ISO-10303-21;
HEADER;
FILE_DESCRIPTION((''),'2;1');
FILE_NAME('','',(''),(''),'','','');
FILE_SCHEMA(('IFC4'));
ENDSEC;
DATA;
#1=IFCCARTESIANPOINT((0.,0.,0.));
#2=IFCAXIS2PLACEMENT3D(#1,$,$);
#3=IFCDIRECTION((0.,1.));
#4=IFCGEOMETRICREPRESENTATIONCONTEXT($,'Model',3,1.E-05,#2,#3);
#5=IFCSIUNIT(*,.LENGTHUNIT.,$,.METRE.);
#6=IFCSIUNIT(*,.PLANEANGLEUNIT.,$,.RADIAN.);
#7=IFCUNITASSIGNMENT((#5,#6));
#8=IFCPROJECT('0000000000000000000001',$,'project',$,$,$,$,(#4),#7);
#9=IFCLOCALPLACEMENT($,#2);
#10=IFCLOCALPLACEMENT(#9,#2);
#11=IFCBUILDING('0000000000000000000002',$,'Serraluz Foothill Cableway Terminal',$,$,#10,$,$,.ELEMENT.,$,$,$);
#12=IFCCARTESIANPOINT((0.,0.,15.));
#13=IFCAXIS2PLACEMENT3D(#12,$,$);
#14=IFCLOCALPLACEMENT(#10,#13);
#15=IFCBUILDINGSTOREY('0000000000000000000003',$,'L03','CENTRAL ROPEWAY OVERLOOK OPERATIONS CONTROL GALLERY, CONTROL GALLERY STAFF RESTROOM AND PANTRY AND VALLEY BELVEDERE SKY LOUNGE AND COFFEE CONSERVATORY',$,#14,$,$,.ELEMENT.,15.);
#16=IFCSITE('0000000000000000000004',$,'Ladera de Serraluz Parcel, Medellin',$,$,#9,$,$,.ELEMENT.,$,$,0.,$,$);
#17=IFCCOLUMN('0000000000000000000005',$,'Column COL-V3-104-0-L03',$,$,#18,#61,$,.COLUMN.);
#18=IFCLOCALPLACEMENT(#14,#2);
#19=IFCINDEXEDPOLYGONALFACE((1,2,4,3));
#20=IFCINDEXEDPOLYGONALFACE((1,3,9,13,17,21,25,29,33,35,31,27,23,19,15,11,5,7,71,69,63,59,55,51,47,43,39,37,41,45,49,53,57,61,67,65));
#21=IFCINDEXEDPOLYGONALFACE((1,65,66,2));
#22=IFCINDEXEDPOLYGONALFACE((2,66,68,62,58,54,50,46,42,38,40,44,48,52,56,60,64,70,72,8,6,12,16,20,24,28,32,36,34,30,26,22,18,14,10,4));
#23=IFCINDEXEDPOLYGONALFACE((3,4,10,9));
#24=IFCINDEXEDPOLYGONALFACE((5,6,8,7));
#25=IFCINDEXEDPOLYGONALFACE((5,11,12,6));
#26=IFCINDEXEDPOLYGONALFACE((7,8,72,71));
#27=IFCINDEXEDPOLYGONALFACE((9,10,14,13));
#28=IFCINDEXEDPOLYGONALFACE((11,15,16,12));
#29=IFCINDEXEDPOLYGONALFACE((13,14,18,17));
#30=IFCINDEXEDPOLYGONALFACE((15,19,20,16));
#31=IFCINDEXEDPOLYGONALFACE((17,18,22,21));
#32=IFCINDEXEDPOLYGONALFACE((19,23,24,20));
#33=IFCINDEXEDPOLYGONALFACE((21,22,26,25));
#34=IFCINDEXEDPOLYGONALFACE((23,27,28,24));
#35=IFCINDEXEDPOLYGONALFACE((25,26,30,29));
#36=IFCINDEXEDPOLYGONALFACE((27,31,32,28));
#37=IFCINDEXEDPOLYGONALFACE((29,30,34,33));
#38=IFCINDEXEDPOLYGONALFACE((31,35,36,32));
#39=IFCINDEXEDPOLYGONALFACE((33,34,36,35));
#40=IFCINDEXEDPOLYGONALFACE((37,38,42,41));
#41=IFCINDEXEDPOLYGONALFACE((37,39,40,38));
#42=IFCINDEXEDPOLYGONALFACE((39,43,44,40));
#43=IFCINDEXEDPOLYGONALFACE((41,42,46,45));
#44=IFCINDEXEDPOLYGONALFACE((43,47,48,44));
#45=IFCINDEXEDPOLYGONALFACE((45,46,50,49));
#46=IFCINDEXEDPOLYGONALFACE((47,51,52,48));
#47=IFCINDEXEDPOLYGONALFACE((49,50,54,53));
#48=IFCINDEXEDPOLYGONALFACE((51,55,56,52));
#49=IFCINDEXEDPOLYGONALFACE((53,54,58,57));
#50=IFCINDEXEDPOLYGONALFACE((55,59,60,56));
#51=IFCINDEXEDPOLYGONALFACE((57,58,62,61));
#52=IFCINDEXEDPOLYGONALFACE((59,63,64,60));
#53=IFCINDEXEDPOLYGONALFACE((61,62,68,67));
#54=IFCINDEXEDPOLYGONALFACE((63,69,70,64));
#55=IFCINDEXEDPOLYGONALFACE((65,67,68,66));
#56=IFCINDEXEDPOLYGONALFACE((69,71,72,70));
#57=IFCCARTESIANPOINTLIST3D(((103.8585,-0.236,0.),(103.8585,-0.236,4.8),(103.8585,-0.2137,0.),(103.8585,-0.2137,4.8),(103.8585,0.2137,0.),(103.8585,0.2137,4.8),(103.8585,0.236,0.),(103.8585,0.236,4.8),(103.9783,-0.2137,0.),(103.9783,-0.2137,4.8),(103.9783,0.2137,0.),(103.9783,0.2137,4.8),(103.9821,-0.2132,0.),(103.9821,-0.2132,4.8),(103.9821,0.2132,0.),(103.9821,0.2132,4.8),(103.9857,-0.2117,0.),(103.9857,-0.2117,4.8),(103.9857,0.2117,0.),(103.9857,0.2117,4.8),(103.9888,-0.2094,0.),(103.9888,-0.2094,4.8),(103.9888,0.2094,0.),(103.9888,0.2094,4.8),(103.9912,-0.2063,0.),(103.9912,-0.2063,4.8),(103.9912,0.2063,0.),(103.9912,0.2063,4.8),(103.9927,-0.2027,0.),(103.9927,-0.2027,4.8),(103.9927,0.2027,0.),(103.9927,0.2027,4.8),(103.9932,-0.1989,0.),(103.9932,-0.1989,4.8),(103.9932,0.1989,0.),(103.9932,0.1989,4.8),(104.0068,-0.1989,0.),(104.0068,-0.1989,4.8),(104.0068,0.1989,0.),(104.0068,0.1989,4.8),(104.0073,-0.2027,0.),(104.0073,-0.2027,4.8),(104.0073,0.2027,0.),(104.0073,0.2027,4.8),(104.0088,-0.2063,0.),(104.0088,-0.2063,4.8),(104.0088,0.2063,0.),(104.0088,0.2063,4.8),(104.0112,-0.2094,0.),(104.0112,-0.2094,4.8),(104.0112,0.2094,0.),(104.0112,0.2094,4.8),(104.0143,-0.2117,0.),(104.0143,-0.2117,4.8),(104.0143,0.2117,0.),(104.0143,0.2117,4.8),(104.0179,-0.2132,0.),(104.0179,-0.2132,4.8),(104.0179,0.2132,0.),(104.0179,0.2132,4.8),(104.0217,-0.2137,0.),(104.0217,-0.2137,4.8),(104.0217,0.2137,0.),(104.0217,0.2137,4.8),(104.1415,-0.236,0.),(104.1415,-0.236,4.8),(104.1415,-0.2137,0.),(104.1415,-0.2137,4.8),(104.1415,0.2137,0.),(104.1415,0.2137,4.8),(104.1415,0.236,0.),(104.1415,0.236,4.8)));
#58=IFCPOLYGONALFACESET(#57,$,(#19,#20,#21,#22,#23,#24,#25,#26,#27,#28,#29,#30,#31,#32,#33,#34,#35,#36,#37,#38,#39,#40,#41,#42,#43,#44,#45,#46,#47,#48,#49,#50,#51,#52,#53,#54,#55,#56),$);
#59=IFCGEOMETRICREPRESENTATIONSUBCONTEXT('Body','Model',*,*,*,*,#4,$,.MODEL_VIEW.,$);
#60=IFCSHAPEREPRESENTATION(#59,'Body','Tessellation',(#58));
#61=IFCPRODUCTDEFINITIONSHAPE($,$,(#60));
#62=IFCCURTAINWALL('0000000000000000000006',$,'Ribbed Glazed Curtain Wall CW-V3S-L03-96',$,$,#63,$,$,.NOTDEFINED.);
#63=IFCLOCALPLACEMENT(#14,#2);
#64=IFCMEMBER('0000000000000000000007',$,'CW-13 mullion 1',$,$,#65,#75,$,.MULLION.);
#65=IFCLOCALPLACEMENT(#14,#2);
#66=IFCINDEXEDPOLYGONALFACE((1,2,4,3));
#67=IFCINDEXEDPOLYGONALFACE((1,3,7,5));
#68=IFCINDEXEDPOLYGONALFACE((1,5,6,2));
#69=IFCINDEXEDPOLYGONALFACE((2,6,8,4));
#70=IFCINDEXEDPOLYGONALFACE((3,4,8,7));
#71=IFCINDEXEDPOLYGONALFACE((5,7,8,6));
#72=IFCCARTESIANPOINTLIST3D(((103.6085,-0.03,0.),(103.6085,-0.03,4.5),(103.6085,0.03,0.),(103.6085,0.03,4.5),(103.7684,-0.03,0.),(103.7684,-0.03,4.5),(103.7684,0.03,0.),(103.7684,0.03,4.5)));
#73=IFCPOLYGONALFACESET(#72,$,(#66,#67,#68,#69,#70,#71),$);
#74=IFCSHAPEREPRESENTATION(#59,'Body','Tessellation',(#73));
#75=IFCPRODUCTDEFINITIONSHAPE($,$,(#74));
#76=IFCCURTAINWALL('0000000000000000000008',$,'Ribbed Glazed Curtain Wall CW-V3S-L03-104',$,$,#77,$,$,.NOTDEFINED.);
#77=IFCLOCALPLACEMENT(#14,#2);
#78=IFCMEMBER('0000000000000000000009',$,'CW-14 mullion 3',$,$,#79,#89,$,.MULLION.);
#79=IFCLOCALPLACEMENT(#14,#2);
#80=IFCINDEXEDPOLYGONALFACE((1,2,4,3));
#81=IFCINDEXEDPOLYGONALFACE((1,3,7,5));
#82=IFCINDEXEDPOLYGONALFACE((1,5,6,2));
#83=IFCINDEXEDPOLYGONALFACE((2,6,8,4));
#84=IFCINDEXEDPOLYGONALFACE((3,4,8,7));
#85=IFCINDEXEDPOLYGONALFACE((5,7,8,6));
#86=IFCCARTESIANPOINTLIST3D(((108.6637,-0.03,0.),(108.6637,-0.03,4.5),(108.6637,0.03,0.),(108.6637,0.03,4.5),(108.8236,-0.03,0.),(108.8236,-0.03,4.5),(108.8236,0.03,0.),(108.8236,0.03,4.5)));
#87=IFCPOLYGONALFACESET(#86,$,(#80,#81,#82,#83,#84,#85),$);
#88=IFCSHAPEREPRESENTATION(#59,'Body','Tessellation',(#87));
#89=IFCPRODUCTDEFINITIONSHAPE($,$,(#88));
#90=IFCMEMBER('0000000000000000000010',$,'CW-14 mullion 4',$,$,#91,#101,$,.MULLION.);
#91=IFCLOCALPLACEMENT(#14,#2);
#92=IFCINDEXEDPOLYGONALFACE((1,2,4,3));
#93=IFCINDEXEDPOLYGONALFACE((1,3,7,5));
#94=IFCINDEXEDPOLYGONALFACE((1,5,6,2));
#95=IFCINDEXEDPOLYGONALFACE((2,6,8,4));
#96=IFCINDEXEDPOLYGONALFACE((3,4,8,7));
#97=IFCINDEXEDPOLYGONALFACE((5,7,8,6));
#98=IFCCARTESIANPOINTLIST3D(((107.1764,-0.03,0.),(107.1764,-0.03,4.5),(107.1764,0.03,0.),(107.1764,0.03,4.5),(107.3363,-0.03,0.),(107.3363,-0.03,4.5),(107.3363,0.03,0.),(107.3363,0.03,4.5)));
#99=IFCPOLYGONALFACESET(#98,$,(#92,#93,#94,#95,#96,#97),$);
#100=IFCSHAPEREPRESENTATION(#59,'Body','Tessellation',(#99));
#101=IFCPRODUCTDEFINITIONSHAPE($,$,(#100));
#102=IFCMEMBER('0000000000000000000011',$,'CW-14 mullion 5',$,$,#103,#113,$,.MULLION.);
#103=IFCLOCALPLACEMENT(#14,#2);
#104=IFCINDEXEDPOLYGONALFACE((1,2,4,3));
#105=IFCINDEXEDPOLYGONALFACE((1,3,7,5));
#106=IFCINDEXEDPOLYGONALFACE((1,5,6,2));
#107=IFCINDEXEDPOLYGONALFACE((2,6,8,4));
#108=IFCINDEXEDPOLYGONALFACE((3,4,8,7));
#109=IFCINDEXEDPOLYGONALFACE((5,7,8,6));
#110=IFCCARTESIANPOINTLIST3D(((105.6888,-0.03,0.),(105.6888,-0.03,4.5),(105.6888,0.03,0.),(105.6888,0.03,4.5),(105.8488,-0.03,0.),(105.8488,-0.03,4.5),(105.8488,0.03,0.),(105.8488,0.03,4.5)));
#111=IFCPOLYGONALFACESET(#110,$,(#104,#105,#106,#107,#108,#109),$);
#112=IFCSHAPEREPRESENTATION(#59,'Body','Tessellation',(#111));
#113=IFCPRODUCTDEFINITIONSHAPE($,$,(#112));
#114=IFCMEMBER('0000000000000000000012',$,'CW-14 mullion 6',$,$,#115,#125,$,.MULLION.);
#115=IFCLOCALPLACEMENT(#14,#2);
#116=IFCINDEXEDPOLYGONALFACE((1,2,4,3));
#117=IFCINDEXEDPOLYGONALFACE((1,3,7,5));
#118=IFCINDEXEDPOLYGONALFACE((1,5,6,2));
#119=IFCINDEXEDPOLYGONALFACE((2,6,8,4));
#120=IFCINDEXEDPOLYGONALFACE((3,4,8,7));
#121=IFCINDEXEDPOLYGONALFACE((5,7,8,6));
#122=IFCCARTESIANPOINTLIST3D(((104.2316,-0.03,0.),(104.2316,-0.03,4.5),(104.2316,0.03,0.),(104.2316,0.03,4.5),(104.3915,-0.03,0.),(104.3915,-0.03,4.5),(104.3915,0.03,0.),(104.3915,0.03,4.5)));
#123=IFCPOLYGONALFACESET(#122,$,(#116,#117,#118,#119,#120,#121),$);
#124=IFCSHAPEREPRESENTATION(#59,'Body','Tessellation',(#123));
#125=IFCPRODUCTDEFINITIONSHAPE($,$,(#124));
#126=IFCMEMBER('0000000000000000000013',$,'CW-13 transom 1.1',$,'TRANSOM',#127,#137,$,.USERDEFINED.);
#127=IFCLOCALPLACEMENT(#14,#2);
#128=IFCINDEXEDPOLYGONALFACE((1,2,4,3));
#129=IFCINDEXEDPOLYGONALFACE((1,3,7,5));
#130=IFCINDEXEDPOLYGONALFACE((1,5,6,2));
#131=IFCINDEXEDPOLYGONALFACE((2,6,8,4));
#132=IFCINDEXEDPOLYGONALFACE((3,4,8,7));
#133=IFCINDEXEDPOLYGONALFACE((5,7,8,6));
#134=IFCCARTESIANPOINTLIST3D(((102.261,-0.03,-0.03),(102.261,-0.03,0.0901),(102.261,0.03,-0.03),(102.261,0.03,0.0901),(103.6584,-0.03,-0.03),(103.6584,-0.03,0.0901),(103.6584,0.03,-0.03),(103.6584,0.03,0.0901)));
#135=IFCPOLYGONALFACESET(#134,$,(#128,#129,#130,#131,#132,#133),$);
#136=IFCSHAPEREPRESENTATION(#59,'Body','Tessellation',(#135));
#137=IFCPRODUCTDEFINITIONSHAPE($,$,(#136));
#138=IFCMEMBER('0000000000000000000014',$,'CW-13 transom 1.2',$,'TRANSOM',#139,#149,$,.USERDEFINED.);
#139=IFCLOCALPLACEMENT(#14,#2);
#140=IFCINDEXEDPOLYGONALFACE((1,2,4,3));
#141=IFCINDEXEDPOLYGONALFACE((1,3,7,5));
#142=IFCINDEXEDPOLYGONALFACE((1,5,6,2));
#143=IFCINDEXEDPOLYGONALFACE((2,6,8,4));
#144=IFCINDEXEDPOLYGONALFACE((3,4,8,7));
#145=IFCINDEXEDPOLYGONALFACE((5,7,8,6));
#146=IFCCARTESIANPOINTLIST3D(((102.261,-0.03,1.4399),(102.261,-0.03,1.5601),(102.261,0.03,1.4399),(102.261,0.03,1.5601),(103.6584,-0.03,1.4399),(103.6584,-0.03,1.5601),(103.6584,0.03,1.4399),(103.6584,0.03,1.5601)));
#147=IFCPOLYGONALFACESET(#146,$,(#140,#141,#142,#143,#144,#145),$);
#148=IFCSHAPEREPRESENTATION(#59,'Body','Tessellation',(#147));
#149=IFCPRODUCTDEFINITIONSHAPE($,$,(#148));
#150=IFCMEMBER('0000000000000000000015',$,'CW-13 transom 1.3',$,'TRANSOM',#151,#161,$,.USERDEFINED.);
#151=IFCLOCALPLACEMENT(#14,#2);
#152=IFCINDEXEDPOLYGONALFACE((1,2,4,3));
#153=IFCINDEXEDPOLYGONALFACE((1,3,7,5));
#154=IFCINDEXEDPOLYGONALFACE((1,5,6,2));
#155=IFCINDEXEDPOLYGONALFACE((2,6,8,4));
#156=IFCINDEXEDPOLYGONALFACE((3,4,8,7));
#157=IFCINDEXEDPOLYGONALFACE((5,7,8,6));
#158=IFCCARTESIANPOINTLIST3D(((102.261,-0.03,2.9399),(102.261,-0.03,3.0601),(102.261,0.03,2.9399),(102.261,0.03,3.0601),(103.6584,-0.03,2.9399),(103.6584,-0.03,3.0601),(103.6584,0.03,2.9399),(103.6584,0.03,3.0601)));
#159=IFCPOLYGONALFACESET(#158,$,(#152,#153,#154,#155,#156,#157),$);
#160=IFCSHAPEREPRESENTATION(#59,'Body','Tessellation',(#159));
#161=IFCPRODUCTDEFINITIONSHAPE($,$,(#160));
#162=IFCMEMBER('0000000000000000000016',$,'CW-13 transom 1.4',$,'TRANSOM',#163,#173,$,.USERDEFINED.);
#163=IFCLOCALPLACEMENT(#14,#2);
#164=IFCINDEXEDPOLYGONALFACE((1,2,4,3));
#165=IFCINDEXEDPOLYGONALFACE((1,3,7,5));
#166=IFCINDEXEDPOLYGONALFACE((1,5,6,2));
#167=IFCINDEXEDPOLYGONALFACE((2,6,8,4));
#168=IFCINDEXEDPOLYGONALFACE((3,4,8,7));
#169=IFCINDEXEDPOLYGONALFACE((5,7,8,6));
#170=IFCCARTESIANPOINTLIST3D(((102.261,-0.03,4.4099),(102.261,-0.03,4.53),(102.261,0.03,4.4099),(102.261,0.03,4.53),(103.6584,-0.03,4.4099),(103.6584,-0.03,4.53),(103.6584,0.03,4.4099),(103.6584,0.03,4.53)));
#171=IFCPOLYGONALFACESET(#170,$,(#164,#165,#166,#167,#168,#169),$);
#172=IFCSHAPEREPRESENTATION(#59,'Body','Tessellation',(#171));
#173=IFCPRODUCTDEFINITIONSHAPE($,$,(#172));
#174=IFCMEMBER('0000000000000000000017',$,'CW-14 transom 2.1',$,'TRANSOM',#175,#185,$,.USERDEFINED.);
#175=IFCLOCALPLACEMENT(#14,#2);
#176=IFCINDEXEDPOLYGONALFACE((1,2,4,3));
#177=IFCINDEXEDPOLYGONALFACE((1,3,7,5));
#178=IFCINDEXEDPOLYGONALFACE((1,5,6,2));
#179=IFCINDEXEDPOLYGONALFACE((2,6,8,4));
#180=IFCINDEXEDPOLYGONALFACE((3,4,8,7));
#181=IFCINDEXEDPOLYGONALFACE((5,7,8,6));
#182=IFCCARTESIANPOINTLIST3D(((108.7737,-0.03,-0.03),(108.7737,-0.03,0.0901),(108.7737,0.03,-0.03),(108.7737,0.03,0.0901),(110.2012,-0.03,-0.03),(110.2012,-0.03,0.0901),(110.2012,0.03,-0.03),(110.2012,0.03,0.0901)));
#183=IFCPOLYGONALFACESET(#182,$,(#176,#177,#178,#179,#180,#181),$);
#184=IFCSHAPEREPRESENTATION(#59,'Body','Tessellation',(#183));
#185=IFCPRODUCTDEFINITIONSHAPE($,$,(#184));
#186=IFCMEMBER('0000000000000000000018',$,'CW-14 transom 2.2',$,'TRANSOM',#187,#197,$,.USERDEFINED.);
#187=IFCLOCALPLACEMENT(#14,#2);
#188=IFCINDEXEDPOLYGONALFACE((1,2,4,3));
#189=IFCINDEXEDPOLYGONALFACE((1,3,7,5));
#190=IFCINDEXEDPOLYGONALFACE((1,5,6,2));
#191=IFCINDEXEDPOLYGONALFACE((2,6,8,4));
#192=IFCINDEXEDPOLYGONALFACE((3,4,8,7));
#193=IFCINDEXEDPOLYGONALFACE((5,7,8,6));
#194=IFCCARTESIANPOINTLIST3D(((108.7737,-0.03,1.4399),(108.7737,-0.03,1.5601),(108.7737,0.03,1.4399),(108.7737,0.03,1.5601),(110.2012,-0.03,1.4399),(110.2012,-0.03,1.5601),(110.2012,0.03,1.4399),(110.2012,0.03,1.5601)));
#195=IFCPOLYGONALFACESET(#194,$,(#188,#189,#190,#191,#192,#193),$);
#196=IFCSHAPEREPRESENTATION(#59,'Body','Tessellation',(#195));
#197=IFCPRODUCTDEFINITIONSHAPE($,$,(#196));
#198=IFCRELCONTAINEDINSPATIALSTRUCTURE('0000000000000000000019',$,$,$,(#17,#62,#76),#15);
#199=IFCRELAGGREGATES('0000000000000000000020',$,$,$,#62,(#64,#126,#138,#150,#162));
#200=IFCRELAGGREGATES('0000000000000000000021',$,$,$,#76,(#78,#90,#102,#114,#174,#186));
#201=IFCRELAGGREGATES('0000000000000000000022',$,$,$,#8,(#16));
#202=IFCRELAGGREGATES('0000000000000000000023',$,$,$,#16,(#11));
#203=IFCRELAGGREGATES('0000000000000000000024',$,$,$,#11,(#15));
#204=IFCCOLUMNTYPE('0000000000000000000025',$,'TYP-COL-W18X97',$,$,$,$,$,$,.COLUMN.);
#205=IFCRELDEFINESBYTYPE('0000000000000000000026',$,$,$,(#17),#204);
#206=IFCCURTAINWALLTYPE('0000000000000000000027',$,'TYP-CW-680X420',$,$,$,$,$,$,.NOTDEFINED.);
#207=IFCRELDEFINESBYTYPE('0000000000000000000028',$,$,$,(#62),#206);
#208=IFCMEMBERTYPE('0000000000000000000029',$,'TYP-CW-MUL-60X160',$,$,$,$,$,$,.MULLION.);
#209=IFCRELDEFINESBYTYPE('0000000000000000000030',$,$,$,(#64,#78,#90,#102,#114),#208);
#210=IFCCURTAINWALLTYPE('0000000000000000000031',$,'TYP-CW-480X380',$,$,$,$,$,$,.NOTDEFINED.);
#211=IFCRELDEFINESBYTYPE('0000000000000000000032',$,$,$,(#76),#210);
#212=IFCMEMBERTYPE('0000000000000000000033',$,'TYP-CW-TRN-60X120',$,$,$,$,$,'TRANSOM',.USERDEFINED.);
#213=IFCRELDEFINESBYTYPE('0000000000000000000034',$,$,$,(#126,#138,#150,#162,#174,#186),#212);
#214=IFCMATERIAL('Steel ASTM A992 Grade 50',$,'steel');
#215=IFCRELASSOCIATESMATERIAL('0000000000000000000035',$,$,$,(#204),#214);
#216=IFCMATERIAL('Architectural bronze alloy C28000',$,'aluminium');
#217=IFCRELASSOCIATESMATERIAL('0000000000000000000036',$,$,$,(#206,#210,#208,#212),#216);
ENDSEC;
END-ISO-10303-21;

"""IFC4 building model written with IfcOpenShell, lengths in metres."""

from ifc_helpers import new_model, si_unit, direction, frame, origin, origin_2d, place, context, subcontext, project, spatial, rectangle, i_section, extrude, material, material_profile, profile_set, type_object, element, aggregate, save


model = new_model("IFC4")

# Units and contexts
model_context = context("Model", 3, precision=1e-05, world=origin(), true_north=direction((0.0, 1.0)))
body_context = subcontext(model_context, "Body", "Model", "MODEL_VIEW")
ifc_project = project(units=[si_unit("LENGTHUNIT", "METRE"), si_unit("PLANEANGLEUNIT", "RADIAN")], contexts=[model_context])

# Site, building, storey
site_placement = place(None, origin())
site = spatial("IfcSite", under=ifc_project, at=site_placement, Name="Ladera de Serraluz Parcel, Medellin", CompositionType="ELEMENT", RefElevation=0.0)
building_placement = place(site_placement, origin())
building = spatial("IfcBuilding", under=site, at=building_placement, Name="Serraluz Foothill Cableway Terminal", CompositionType="ELEMENT")
storey_placement = place(building_placement, frame((0.0, 0.0, 15.0)))
storey = spatial("IfcBuildingStorey", under=building, at=storey_placement, Name="L03", Description="CENTRAL ROPEWAY OVERLOOK OPERATIONS CONTROL GALLERY, CONTROL GALLERY STAFF RESTROOM AND PANTRY AND VALLEY BELVEDERE SKY LOUNGE AND COFFEE CONSERVATORY", CompositionType="ELEMENT", Elevation=15.0)

# Column
ifc_material_1 = material(Name="Steel ASTM A992 Grade 50", Category="steel")
ifc_material_profile_1 = material_profile(ifc_material_1, i_section(OverallWidth=0.283, OverallDepth=0.4719, WebThickness=0.0137, FlangeThickness=0.0222, FilletRadius=0.0149, at=origin_2d()), Name="W18X97")
ifc_profile_set_1 = profile_set([ifc_material_profile_1], Name="Steel ASTM A992 Grade 50")
column_type = type_object("IfcColumnType", Name="TYP-COL-W18X97", PredefinedType="COLUMN", material=ifc_profile_set_1)
column_placement = place(storey_placement, frame((104.0, 0.0, 0.0), z_axis=(0.0, 0.0, 1.0), x_axis=(1.0, 0.0, 0.0)))
element("IfcColumn", 1, at=column_placement, inside=storey, type_object=column_type, Name="Column COL-V3-104-0-L03", PredefinedType="COLUMN", context=body_context, shape_type="SweptSolid", body=[
    extrude(i_section(OverallWidth=0.283, OverallDepth=0.4719, WebThickness=0.0137, FlangeThickness=0.0222, FilletRadius=0.0149, at=origin_2d()), origin(), (0.0, 0.0, 1.0), 4.8),
])

# Curtain wall, member
ifc_material_2 = material(Name="Architectural bronze alloy C28000", Category="aluminium")
curtain_wall_type_1 = type_object("IfcCurtainWallType", Name="TYP-CW-680X420", PredefinedType="NOTDEFINED", material=ifc_material_2)
curtain_wall_1_placement = place(storey_placement, origin())
curtain_wall_1 = element("IfcCurtainWall", 2, at=curtain_wall_1_placement, inside=storey, type_object=curtain_wall_type_1, Name="Ribbed Glazed Curtain Wall CW-V3S-L03-96", PredefinedType="NOTDEFINED")
ifc_material_profile_2 = material_profile(ifc_material_2, rectangle(XDim=0.0601, YDim=0.1599, at=origin_2d()), Name="ALU MULLION 60x160")
ifc_profile_set_2 = profile_set([ifc_material_profile_2], Name="Architectural bronze alloy C28000")
member_type_1 = type_object("IfcMemberType", Name="TYP-CW-MUL-60X160", PredefinedType="MULLION", material=ifc_profile_set_2)
member_1_placement = place(storey_placement, frame((103.6885, 0.0, 0.0), z_axis=(0.0, 0.0, 1.0), x_axis=(0.0, -1.0, 0.0)))
member_1 = element("IfcMember", 3, at=member_1_placement, type_object=member_type_1, Name="CW-13 mullion 1", PredefinedType="MULLION", context=body_context, shape_type="SweptSolid", body=[
    extrude(rectangle(XDim=0.0601, YDim=0.1599, at=origin_2d()), origin(), (0.0, 0.0, 1.0), 4.5),
])

# Curtain wall, members
curtain_wall_type_2 = type_object("IfcCurtainWallType", Name="TYP-CW-480X380", PredefinedType="NOTDEFINED", material=ifc_material_2)
curtain_wall_2_placement = place(storey_placement, origin())
curtain_wall_2 = element("IfcCurtainWall", 4, at=curtain_wall_2_placement, inside=storey, type_object=curtain_wall_type_2, Name="Ribbed Glazed Curtain Wall CW-V3S-L03-104", PredefinedType="NOTDEFINED")
member_2_placement = place(storey_placement, frame((108.7437, 0.0, 0.0), z_axis=(0.0, 0.0, 1.0), x_axis=(0.0, -1.0, 0.0)))
member_2 = element("IfcMember", 5, at=member_2_placement, type_object=member_type_1, Name="CW-14 mullion 3", PredefinedType="MULLION", context=body_context, shape_type="SweptSolid", body=[
    extrude(rectangle(XDim=0.0601, YDim=0.1599, at=origin_2d()), origin(), (0.0, 0.0, 1.0), 4.5),
])
member_3_placement = place(storey_placement, frame((107.2563, 0.0, 0.0), z_axis=(0.0, 0.0, 1.0), x_axis=(0.0, -1.0, 0.0)))
member_3 = element("IfcMember", 6, at=member_3_placement, type_object=member_type_1, Name="CW-14 mullion 4", PredefinedType="MULLION", context=body_context, shape_type="SweptSolid", body=[
    extrude(rectangle(XDim=0.0601, YDim=0.1599, at=origin_2d()), origin(), (0.0, 0.0, 1.0), 4.5),
])
member_4_placement = place(storey_placement, frame((105.7688, 0.0, 0.0), z_axis=(0.0, 0.0, 1.0), x_axis=(0.0, -1.0, 0.0)))
member_4 = element("IfcMember", 7, at=member_4_placement, type_object=member_type_1, Name="CW-14 mullion 5", PredefinedType="MULLION", context=body_context, shape_type="SweptSolid", body=[
    extrude(rectangle(XDim=0.0601, YDim=0.1599, at=origin_2d()), origin(), (0.0, 0.0, 1.0), 4.5),
])
member_5_placement = place(storey_placement, frame((104.3115, 0.0, 0.0), z_axis=(0.0, 0.0, 1.0), x_axis=(0.0, -1.0, 0.0)))
member_5 = element("IfcMember", 8, at=member_5_placement, type_object=member_type_1, Name="CW-14 mullion 6", PredefinedType="MULLION", context=body_context, shape_type="SweptSolid", body=[
    extrude(rectangle(XDim=0.0601, YDim=0.1599, at=origin_2d()), origin(), (0.0, 0.0, 1.0), 4.5),
])

# Members
ifc_material_profile_3 = material_profile(ifc_material_2, rectangle(XDim=0.0601, YDim=0.1201, at=origin_2d()), Name="ALU TRANSOM 60x120")
ifc_profile_set_3 = profile_set([ifc_material_profile_3], Name="Architectural bronze alloy C28000")
member_type_2 = type_object("IfcMemberType", Name="TYP-CW-TRN-60X120", ElementType="TRANSOM", PredefinedType="USERDEFINED", material=ifc_profile_set_3)
member_6_placement = place(storey_placement, frame((103.6584, 0.0, 0.03), z_axis=(-1.0, 0.0, 0.0), x_axis=(0.0, -1.0, 0.0)))
member_6 = element("IfcMember", 9, at=member_6_placement, type_object=member_type_2, Name="CW-13 transom 1.1", ObjectType="TRANSOM", PredefinedType="USERDEFINED", context=body_context, shape_type="SweptSolid", body=[
    extrude(rectangle(XDim=0.0601, YDim=0.1201, at=origin_2d()), origin(), (0.0, 0.0, 1.0), 1.3975),
])
member_7_placement = place(storey_placement, frame((103.6584, 0.0, 1.5), z_axis=(-1.0, 0.0, 0.0), x_axis=(0.0, -1.0, 0.0)))
member_7 = element("IfcMember", 10, at=member_7_placement, type_object=member_type_2, Name="CW-13 transom 1.2", ObjectType="TRANSOM", PredefinedType="USERDEFINED", context=body_context, shape_type="SweptSolid", body=[
    extrude(rectangle(XDim=0.0601, YDim=0.1201, at=origin_2d()), origin(), (0.0, 0.0, 1.0), 1.3975),
])
member_8_placement = place(storey_placement, frame((103.6584, 0.0, 3.0), z_axis=(-1.0, 0.0, 0.0), x_axis=(0.0, -1.0, 0.0)))
member_8 = element("IfcMember", 11, at=member_8_placement, type_object=member_type_2, Name="CW-13 transom 1.3", ObjectType="TRANSOM", PredefinedType="USERDEFINED", context=body_context, shape_type="SweptSolid", body=[
    extrude(rectangle(XDim=0.0601, YDim=0.1201, at=origin_2d()), origin(), (0.0, 0.0, 1.0), 1.3975),
])
member_9_placement = place(storey_placement, frame((103.6584, 0.0, 4.47), z_axis=(-1.0, 0.0, 0.0), x_axis=(0.0, -1.0, 0.0)))
member_9 = element("IfcMember", 12, at=member_9_placement, type_object=member_type_2, Name="CW-13 transom 1.4", ObjectType="TRANSOM", PredefinedType="USERDEFINED", context=body_context, shape_type="SweptSolid", body=[
    extrude(rectangle(XDim=0.0601, YDim=0.1201, at=origin_2d()), origin(), (0.0, 0.0, 1.0), 1.3975),
])
aggregate(curtain_wall_1, [member_1, member_6, member_7, member_8, member_9])
member_10_placement = place(storey_placement, frame((110.2012, 0.0, 0.03), z_axis=(-1.0, 0.0, 0.0), x_axis=(0.0, -1.0, 0.0)))
member_10 = element("IfcMember", 13, at=member_10_placement, type_object=member_type_2, Name="CW-14 transom 2.1", ObjectType="TRANSOM", PredefinedType="USERDEFINED", context=body_context, shape_type="SweptSolid", body=[
    extrude(rectangle(XDim=0.0601, YDim=0.1201, at=origin_2d()), origin(), (0.0, 0.0, 1.0), 1.4275),
])
member_11_placement = place(storey_placement, frame((110.2012, 0.0, 1.5), z_axis=(-1.0, 0.0, 0.0), x_axis=(0.0, -1.0, 0.0)))
member_11 = element("IfcMember", 14, at=member_11_placement, type_object=member_type_2, Name="CW-14 transom 2.2", ObjectType="TRANSOM", PredefinedType="USERDEFINED", context=body_context, shape_type="SweptSolid", body=[
    extrude(rectangle(XDim=0.0601, YDim=0.1201, at=origin_2d()), origin(), (0.0, 0.0, 1.0), 1.4275),
])

aggregate(curtain_wall_2, [member_2, member_3, member_4, member_5, member_10, member_11])

save(model, "model.ifc")
